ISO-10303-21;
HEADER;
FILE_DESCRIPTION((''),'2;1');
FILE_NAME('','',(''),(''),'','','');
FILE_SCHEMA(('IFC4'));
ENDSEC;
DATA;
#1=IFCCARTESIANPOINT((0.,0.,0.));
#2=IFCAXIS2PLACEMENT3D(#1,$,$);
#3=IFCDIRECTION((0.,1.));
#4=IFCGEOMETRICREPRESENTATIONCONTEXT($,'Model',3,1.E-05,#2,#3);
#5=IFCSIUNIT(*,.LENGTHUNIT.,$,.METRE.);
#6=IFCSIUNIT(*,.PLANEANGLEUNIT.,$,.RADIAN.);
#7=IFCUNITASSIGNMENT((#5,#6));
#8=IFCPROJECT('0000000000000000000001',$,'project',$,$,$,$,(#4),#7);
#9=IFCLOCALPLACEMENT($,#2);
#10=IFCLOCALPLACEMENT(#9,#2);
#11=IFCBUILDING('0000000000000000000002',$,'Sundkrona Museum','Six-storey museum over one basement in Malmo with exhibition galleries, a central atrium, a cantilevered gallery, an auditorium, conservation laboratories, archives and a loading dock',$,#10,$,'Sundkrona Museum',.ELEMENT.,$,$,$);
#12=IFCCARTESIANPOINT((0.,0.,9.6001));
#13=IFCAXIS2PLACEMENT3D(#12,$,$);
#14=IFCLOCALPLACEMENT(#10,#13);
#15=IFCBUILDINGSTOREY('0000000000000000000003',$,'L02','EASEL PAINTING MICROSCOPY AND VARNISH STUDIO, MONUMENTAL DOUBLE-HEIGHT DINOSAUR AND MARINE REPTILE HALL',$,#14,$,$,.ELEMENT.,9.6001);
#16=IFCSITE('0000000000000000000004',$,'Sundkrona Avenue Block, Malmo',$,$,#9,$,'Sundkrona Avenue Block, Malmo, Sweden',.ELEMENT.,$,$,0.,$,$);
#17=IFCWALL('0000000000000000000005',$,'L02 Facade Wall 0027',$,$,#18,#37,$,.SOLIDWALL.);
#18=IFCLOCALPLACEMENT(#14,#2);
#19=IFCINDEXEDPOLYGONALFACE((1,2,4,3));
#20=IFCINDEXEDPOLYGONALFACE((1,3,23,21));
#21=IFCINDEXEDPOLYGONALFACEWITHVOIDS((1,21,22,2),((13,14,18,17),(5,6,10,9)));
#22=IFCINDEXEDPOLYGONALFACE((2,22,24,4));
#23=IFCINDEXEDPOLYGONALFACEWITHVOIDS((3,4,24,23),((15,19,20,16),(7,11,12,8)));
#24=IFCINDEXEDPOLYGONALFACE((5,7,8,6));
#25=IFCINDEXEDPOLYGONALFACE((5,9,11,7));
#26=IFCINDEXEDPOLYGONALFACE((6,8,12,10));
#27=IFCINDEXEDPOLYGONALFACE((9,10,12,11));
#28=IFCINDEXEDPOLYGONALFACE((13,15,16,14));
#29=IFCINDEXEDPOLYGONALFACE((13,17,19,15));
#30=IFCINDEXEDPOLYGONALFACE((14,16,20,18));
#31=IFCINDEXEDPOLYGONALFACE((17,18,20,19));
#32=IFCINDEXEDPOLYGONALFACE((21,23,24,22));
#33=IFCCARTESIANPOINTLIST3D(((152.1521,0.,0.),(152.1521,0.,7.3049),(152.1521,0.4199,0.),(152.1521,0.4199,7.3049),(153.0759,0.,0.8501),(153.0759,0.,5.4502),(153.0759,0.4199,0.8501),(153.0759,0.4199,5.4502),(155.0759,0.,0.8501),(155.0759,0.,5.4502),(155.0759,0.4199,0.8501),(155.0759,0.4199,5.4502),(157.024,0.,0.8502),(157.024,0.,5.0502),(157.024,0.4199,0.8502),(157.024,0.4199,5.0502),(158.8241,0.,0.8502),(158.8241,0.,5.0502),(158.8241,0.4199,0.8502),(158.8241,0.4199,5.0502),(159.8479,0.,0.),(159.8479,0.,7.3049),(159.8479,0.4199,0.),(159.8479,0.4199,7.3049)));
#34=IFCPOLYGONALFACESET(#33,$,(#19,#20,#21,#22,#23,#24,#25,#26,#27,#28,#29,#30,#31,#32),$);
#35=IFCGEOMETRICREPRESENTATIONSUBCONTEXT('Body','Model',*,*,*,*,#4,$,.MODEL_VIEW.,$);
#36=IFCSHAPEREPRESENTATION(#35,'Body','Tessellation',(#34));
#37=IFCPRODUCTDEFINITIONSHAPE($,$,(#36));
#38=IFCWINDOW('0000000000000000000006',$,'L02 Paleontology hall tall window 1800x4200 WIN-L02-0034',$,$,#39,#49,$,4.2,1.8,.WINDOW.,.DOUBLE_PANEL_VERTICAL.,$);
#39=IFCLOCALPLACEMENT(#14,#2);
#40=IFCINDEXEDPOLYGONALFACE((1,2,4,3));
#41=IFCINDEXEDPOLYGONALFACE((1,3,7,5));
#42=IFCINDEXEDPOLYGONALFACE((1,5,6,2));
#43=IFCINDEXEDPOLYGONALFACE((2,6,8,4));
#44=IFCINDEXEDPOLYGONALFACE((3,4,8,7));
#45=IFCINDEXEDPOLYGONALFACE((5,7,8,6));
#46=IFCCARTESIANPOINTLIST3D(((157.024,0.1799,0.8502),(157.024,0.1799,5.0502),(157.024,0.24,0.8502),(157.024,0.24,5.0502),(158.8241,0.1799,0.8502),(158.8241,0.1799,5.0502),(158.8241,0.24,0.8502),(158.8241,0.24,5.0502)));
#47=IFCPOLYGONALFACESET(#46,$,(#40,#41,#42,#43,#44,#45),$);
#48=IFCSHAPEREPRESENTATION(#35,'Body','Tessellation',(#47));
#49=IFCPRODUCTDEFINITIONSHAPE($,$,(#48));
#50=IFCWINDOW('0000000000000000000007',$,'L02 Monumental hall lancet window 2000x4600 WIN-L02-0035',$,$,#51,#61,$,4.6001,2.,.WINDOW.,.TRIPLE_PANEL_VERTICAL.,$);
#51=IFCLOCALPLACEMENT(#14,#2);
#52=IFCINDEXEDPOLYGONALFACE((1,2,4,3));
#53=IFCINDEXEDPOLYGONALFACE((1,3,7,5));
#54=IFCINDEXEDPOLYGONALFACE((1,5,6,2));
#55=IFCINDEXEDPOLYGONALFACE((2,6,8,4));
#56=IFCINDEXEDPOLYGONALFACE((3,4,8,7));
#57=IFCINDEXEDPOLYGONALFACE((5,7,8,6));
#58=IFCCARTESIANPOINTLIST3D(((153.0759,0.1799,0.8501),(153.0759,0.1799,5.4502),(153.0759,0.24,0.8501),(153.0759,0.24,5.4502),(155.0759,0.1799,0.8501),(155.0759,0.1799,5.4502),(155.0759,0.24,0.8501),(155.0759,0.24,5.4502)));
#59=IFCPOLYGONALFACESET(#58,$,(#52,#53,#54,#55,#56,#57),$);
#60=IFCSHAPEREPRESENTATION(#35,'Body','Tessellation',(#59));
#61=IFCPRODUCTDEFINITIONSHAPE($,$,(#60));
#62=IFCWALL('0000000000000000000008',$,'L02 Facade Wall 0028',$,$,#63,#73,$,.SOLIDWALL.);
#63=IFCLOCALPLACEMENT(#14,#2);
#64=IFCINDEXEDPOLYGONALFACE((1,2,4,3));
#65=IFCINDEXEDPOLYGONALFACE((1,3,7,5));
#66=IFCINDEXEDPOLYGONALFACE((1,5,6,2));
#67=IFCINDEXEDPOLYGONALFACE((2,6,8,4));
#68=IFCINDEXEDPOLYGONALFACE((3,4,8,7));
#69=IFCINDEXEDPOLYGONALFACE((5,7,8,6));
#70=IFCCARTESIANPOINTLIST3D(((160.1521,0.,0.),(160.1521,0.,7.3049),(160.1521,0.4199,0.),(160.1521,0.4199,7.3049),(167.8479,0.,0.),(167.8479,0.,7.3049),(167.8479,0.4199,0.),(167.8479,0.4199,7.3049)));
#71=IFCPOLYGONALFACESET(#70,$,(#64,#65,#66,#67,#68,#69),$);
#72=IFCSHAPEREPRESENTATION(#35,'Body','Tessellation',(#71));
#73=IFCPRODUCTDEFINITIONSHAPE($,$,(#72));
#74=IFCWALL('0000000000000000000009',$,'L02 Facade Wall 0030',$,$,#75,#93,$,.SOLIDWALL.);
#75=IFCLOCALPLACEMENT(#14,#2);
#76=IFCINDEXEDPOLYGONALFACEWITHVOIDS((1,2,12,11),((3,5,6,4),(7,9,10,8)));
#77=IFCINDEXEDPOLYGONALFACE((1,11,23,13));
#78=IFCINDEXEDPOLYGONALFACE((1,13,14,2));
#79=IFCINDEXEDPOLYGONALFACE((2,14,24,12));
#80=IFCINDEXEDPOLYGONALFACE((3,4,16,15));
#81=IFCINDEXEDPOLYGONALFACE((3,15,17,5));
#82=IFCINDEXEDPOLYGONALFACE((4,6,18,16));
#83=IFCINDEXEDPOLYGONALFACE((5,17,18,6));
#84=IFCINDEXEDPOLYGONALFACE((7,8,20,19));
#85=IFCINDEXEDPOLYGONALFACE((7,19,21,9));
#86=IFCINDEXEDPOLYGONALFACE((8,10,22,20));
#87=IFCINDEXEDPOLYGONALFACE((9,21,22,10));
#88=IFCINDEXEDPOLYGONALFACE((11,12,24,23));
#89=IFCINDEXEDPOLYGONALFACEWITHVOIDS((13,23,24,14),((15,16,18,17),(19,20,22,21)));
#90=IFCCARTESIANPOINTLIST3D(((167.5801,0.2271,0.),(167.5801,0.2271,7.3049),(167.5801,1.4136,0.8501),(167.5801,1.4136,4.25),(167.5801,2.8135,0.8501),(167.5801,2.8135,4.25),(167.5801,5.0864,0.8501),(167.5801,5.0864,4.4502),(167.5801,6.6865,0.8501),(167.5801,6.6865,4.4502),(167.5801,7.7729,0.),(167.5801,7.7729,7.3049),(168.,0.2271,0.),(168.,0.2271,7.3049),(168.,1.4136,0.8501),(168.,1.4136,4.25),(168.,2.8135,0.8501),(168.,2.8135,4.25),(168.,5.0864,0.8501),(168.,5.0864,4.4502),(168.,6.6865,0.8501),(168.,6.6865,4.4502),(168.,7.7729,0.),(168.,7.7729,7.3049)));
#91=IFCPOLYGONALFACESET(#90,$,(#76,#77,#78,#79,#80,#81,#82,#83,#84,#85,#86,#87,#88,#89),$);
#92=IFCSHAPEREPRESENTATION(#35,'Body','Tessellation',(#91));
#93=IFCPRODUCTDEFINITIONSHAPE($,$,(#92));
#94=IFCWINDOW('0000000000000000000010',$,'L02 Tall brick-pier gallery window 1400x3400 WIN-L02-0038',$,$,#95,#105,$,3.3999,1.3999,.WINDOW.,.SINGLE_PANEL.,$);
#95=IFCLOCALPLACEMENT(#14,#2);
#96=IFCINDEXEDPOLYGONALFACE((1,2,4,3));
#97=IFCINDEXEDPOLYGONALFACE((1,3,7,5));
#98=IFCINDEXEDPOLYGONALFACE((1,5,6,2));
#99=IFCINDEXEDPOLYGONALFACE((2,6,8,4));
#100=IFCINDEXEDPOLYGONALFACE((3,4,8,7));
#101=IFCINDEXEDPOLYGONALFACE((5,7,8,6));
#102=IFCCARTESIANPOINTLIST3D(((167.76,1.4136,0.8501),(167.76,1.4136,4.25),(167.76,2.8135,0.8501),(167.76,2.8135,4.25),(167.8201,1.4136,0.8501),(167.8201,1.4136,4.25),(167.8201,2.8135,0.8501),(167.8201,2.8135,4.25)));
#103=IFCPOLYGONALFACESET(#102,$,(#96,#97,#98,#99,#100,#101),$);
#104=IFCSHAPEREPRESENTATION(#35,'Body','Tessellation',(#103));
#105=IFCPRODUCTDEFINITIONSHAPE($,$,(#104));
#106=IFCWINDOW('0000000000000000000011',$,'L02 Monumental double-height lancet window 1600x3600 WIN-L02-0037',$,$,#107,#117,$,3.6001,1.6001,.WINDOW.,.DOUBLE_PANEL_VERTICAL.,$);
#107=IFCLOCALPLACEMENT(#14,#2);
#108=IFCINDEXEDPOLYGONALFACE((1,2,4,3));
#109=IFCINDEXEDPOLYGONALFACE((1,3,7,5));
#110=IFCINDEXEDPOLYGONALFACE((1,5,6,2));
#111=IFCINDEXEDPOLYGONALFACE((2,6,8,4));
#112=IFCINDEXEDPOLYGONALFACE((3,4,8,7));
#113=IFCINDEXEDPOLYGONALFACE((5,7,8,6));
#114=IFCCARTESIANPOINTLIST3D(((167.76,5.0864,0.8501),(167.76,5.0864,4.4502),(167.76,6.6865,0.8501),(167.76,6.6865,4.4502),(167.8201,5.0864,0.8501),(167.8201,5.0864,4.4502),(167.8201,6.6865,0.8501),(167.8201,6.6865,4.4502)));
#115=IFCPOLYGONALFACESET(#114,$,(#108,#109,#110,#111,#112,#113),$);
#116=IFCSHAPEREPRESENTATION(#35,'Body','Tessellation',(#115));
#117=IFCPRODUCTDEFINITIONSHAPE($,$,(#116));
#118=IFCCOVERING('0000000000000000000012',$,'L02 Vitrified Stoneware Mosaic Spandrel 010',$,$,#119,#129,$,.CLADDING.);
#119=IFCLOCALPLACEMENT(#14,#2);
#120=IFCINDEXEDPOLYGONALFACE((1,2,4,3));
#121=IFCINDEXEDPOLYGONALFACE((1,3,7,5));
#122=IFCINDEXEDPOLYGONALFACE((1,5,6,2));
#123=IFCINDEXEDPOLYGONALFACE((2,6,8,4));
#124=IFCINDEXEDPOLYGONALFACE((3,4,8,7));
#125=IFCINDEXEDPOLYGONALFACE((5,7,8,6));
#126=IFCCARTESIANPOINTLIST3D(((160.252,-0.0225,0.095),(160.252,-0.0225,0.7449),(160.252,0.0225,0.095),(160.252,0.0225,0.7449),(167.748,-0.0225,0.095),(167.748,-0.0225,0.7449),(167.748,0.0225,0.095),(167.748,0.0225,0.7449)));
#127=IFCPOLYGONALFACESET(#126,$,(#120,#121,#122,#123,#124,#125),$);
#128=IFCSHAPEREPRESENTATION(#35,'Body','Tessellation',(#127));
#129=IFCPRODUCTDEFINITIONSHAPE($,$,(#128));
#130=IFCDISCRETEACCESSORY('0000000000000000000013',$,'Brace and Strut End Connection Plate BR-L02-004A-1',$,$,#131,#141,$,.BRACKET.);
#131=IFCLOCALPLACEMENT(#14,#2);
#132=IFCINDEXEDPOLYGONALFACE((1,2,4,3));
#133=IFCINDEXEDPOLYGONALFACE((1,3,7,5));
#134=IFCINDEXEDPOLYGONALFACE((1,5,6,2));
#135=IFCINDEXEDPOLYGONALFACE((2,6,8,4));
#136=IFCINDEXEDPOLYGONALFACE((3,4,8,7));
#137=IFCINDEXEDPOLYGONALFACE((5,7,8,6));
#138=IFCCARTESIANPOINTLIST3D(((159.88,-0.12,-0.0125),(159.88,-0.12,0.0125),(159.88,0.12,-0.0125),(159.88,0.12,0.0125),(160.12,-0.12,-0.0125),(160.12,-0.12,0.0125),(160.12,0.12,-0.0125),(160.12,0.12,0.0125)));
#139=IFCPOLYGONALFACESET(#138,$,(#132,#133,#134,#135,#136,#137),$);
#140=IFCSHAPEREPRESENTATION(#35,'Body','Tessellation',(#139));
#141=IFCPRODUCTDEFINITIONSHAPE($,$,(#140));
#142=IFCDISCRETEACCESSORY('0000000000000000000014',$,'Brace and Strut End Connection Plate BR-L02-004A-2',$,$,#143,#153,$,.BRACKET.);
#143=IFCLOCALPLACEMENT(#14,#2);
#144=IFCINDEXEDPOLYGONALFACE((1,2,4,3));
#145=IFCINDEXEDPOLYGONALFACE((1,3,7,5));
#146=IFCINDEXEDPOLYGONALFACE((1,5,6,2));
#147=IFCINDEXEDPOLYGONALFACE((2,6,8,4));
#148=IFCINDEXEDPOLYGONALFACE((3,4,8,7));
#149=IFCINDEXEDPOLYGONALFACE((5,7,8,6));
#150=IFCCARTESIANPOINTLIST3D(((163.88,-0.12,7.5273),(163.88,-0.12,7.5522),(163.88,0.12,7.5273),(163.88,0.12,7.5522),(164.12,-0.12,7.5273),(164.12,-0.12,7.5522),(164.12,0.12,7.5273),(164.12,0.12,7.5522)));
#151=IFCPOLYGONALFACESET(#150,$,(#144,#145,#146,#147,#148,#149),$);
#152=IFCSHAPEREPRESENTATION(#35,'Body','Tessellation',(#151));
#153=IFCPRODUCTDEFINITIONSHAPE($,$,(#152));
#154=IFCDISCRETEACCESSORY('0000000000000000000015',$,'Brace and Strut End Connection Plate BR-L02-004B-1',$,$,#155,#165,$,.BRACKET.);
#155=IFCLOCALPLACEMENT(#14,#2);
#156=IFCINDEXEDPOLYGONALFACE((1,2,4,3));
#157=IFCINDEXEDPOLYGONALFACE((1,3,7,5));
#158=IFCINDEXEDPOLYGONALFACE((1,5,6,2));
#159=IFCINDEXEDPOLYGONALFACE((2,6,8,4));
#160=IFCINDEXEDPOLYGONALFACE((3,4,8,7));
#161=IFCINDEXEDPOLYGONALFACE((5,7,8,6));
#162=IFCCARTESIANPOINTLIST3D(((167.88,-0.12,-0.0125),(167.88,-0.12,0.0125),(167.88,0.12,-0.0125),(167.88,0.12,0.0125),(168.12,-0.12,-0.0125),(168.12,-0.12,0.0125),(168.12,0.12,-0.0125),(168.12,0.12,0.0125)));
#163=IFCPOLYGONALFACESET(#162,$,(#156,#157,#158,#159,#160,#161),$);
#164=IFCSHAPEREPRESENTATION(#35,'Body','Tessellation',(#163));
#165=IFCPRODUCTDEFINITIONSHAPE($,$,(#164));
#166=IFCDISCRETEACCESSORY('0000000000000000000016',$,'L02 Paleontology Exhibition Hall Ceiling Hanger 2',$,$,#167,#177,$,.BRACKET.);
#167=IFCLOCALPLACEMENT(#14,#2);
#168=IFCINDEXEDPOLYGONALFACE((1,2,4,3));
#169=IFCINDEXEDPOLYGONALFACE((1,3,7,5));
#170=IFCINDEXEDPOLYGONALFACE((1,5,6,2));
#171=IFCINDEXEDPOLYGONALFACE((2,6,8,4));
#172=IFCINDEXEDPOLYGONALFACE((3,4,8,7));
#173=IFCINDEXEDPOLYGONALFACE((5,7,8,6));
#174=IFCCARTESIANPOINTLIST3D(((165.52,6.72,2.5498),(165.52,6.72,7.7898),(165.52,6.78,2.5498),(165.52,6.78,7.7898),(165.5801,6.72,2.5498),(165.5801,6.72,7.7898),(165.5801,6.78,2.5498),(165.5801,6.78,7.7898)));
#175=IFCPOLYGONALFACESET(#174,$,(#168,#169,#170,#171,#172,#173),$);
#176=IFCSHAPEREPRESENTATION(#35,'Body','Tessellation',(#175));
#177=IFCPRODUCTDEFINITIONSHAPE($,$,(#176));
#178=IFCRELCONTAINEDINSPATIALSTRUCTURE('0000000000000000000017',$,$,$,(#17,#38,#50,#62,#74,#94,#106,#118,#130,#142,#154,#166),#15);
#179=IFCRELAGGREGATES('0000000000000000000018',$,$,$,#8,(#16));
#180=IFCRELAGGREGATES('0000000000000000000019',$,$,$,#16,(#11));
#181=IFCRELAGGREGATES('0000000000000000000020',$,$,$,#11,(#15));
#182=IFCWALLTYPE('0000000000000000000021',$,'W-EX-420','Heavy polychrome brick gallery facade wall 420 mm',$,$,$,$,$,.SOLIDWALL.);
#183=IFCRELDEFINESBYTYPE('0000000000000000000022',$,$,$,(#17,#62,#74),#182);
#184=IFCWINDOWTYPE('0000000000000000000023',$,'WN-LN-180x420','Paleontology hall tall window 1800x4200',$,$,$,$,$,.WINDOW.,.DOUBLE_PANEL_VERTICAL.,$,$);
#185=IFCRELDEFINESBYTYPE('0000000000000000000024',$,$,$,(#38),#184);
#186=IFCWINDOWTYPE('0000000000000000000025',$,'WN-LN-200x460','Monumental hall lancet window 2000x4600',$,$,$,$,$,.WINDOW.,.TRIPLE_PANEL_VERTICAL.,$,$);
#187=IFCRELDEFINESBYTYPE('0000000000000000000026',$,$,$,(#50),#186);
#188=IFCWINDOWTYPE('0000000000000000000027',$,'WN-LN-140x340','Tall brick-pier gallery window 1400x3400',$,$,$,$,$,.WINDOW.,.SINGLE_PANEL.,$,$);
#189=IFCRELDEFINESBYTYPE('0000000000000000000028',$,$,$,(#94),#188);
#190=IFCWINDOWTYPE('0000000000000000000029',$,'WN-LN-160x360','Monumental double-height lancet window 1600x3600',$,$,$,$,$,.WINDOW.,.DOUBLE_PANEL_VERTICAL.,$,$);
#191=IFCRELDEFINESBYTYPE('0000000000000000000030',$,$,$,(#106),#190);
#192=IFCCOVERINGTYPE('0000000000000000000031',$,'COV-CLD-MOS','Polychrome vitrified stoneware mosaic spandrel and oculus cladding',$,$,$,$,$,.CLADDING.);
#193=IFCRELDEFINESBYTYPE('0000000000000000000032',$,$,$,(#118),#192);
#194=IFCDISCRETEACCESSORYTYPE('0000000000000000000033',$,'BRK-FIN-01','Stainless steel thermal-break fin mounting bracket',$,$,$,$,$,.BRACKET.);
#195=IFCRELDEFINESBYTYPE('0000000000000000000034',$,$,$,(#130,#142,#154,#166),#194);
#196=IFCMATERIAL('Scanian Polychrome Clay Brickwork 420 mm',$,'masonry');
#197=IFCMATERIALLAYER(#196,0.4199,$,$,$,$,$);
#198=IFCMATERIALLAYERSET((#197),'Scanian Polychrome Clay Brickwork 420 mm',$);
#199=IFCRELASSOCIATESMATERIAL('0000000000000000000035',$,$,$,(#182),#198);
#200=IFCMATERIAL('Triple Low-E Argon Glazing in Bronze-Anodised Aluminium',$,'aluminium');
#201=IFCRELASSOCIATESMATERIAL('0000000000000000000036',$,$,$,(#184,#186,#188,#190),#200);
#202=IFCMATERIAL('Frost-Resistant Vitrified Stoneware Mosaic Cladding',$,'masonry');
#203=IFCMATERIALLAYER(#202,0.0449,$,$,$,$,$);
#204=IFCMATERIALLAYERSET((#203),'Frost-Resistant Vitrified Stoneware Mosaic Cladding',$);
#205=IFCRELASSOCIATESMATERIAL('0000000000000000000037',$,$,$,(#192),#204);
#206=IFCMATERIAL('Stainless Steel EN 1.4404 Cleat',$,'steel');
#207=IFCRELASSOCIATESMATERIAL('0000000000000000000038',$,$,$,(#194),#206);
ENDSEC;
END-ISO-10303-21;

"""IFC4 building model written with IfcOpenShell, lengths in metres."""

from ifc_helpers import new_model, si_unit, direction, frame, frame_2d, origin, origin_2d, place, context, subcontext, project, spatial, rectangle, extrude, material, layer, layer_set, type_object, element, fill, save


model = new_model("IFC4")

# Units and contexts
model_context = context("Model", 3, precision=1e-05, world=origin(), true_north=direction((0.0, 1.0)))
body_context = subcontext(model_context, "Body", "Model", "MODEL_VIEW")
ifc_project = project(units=[si_unit("LENGTHUNIT", "METRE"), si_unit("PLANEANGLEUNIT", "RADIAN")], contexts=[model_context])

# Site, building, storey
site_placement = place(None, origin())
site = spatial("IfcSite", under=ifc_project, at=site_placement, Name="Sundkrona Avenue Block, Malmo", LongName="Sundkrona Avenue Block, Malmo, Sweden", CompositionType="ELEMENT", RefElevation=0.0)
building_placement = place(site_placement, origin())
building = spatial("IfcBuilding", under=site, at=building_placement, Name="Sundkrona Museum", Description="Six-storey museum over one basement in Malmo with exhibition galleries, a central atrium, a cantilevered gallery, an auditorium, conservation laboratories, archives and a loading dock", LongName="Sundkrona Museum", CompositionType="ELEMENT")
storey_placement = place(building_placement, frame((0.0, 0.0, 9.6001)))
storey = spatial("IfcBuildingStorey", under=building, at=storey_placement, Name="L02", Description="EASEL PAINTING MICROSCOPY AND VARNISH STUDIO, MONUMENTAL DOUBLE-HEIGHT DINOSAUR AND MARINE REPTILE HALL", CompositionType="ELEMENT", Elevation=9.6001)

# Wall, openings, windows
ifc_material_1 = material(Name="Scanian Polychrome Clay Brickwork 420 mm", Category="masonry")
ifc_layer_1 = layer(ifc_material_1, 0.4199)
ifc_layer_set_1 = layer_set([ifc_layer_1], Name="Scanian Polychrome Clay Brickwork 420 mm")
wall_type = type_object("IfcWallType", Name="W-EX-420", Description="Heavy polychrome brick gallery facade wall 420 mm", PredefinedType="SOLIDWALL", material=ifc_layer_set_1)
wall_1_placement = place(storey_placement, frame((159.8479, 0.21, 0.0), z_axis=(0.0, 0.0, 1.0), x_axis=(-1.0, 0.0, 0.0)))
wall_1 = element("IfcWall", 1, at=wall_1_placement, inside=storey, type_object=wall_type, Name="L02 Facade Wall 0027", PredefinedType="SOLIDWALL", context=body_context, shape_type="SweptSolid", body=[
    extrude(rectangle(XDim=7.6958, YDim=0.4199, at=frame_2d((3.8479, 0.0))), origin(), (0.0, 0.0, 1.0), 7.3049),
])
opening_1_placement = place(wall_1_placement, frame((1.0239, 0.0, 0.8501)))
opening_1 = element("IfcOpeningElement", 2, at=opening_1_placement, cuts=wall_1, PredefinedType="OPENING", context=body_context, shape_type="SweptSolid", body=[
    extrude(rectangle(XDim=1.8, YDim=4.2, at=frame_2d((0.8999, 2.1001))), frame((0.0, 0.22, 0.0), z_axis=(0.0, -1.0, 0.0), x_axis=(1.0, 0.0, 0.0)), (0.0, 0.0, 1.0), 0.4399),
])
opening_2_placement = place(wall_1_placement, frame((4.772, 0.0, 0.8501)))
opening_2 = element("IfcOpeningElement", 3, at=opening_2_placement, cuts=wall_1, PredefinedType="OPENING", context=body_context, shape_type="SweptSolid", body=[
    extrude(rectangle(XDim=2.0, YDim=4.6001, at=frame_2d((1.0, 2.3))), frame((0.0, 0.22, 0.0), z_axis=(0.0, -1.0, 0.0), x_axis=(1.0, 0.0, 0.0)), (0.0, 0.0, 1.0), 0.4399),
])
ifc_material_2 = material(Name="Triple Low-E Argon Glazing in Bronze-Anodised Aluminium", Category="aluminium")
window_type_1 = type_object("IfcWindowType", Name="WN-LN-180x420", Description="Paleontology hall tall window 1800x4200", PartitioningType="DOUBLE_PANEL_VERTICAL", PredefinedType="WINDOW", material=ifc_material_2)
window_1_placement = place(opening_1_placement, origin())
window_1 = element("IfcWindow", 4, at=window_1_placement, inside=storey, type_object=window_type_1, Name="L02 Paleontology hall tall window 1800x4200 WIN-L02-0034", OverallHeight=4.2, OverallWidth=1.8, PartitioningType="DOUBLE_PANEL_VERTICAL", PredefinedType="WINDOW", context=body_context, shape_type="SweptSolid", body=[
    extrude(rectangle(XDim=1.8, YDim=4.2, at=frame_2d((0.8999, 2.1001))), frame((0.0, 0.03, 0.0), z_axis=(0.0, -1.0, 0.0), x_axis=(1.0, 0.0, 0.0)), (0.0, 0.0, 1.0), 0.0601),
])
fill(opening_1, window_1)
window_type_2 = type_object("IfcWindowType", Name="WN-LN-200x460", Description="Monumental hall lancet window 2000x4600", PartitioningType="TRIPLE_PANEL_VERTICAL", PredefinedType="WINDOW", material=ifc_material_2)
window_2_placement = place(opening_2_placement, origin())
window_2 = element("IfcWindow", 5, at=window_2_placement, inside=storey, type_object=window_type_2, Name="L02 Monumental hall lancet window 2000x4600 WIN-L02-0035", OverallHeight=4.6001, OverallWidth=2.0, PartitioningType="TRIPLE_PANEL_VERTICAL", PredefinedType="WINDOW", context=body_context, shape_type="SweptSolid", body=[
    extrude(rectangle(XDim=2.0, YDim=4.6001, at=frame_2d((1.0, 2.3))), frame((0.0, 0.03, 0.0), z_axis=(0.0, -1.0, 0.0), x_axis=(1.0, 0.0, 0.0)), (0.0, 0.0, 1.0), 0.0601),
])
fill(opening_2, window_2)

# Wall
wall_2_placement = place(storey_placement, frame((167.8479, 0.21, 0.0), z_axis=(0.0, 0.0, 1.0), x_axis=(-1.0, 0.0, 0.0)))
element("IfcWall", 6, at=wall_2_placement, inside=storey, type_object=wall_type, Name="L02 Facade Wall 0028", PredefinedType="SOLIDWALL", context=body_context, shape_type="SweptSolid", body=[
    extrude(rectangle(XDim=7.6958, YDim=0.4199, at=frame_2d((3.8479, 0.0))), origin(), (0.0, 0.0, 1.0), 7.3049),
])

# Wall, openings, windows
wall_3_placement = place(storey_placement, frame((167.79, 7.7729, 0.0), z_axis=(0.0, 0.0, 1.0), x_axis=(0.0, -1.0, 0.0)))
wall_3 = element("IfcWall", 7, at=wall_3_placement, inside=storey, type_object=wall_type, Name="L02 Facade Wall 0030", PredefinedType="SOLIDWALL", context=body_context, shape_type="SweptSolid", body=[
    extrude(rectangle(XDim=7.5459, YDim=0.4199, at=frame_2d((3.7729, 0.0))), origin(), (0.0, 0.0, 1.0), 7.3049),
])
opening_3_placement = place(wall_3_placement, frame((1.0864, 0.0, 0.8501)))
opening_3 = element("IfcOpeningElement", 8, at=opening_3_placement, cuts=wall_3, PredefinedType="OPENING", context=body_context, shape_type="SweptSolid", body=[
    extrude(rectangle(XDim=1.6001, YDim=3.6001, at=frame_2d((0.8, 1.8))), frame((0.0, 0.22, 0.0), z_axis=(0.0, -1.0, 0.0), x_axis=(1.0, 0.0, 0.0)), (0.0, 0.0, 1.0), 0.4399),
])
opening_4_placement = place(wall_3_placement, frame((4.9595, 0.0, 0.8501)))
opening_4 = element("IfcOpeningElement", 9, at=opening_4_placement, cuts=wall_3, PredefinedType="OPENING", context=body_context, shape_type="SweptSolid", body=[
    extrude(rectangle(XDim=1.3999, YDim=3.3999, at=frame_2d((0.7, 1.7))), frame((0.0, 0.22, 0.0), z_axis=(0.0, -1.0, 0.0), x_axis=(1.0, 0.0, 0.0)), (0.0, 0.0, 1.0), 0.4399),
])
window_type_3 = type_object("IfcWindowType", Name="WN-LN-140x340", Description="Tall brick-pier gallery window 1400x3400", PartitioningType="SINGLE_PANEL", PredefinedType="WINDOW", material=ifc_material_2)
window_3_placement = place(opening_4_placement, origin())
window_3 = element("IfcWindow", 10, at=window_3_placement, inside=storey, type_object=window_type_3, Name="L02 Tall brick-pier gallery window 1400x3400 WIN-L02-0038", OverallHeight=3.3999, OverallWidth=1.3999, PartitioningType="SINGLE_PANEL", PredefinedType="WINDOW", context=body_context, shape_type="SweptSolid", body=[
    extrude(rectangle(XDim=1.3999, YDim=3.3999, at=frame_2d((0.7, 1.7))), frame((0.0, 0.03, 0.0), z_axis=(0.0, -1.0, 0.0), x_axis=(1.0, 0.0, 0.0)), (0.0, 0.0, 1.0), 0.0601),
])
fill(opening_4, window_3)
window_type_4 = type_object("IfcWindowType", Name="WN-LN-160x360", Description="Monumental double-height lancet window 1600x3600", PartitioningType="DOUBLE_PANEL_VERTICAL", PredefinedType="WINDOW", material=ifc_material_2)
window_4_placement = place(opening_3_placement, origin())
window_4 = element("IfcWindow", 11, at=window_4_placement, inside=storey, type_object=window_type_4, Name="L02 Monumental double-height lancet window 1600x3600 WIN-L02-0037", OverallHeight=3.6001, OverallWidth=1.6001, PartitioningType="DOUBLE_PANEL_VERTICAL", PredefinedType="WINDOW", context=body_context, shape_type="SweptSolid", body=[
    extrude(rectangle(XDim=1.6001, YDim=3.6001, at=frame_2d((0.8, 1.8))), frame((0.0, 0.03, 0.0), z_axis=(0.0, -1.0, 0.0), x_axis=(1.0, 0.0, 0.0)), (0.0, 0.0, 1.0), 0.0601),
])
fill(opening_3, window_4)

# Covering
ifc_material_3 = material(Name="Frost-Resistant Vitrified Stoneware Mosaic Cladding", Category="masonry")
ifc_layer_2 = layer(ifc_material_3, 0.0449)
ifc_layer_set_2 = layer_set([ifc_layer_2], Name="Frost-Resistant Vitrified Stoneware Mosaic Cladding")
covering_type = type_object("IfcCoveringType", Name="COV-CLD-MOS", Description="Polychrome vitrified stoneware mosaic spandrel and oculus cladding", PredefinedType="CLADDING", material=ifc_layer_set_2)
covering_placement = place(storey_placement, frame((164.0, 0.0, 0.095), z_axis=(0.0, 0.0, 1.0), x_axis=(1.0, 0.0, 0.0)))
element("IfcCovering", 12, at=covering_placement, inside=storey, type_object=covering_type, Name="L02 Vitrified Stoneware Mosaic Spandrel 010", PredefinedType="CLADDING", context=body_context, shape_type="SweptSolid", body=[
    extrude(rectangle(XDim=7.4961, YDim=0.0449, at=origin_2d()), origin(), (0.0, 0.0, 1.0), 0.6499),
])

# Discrete accessories
ifc_material_4 = material(Name="Stainless Steel EN 1.4404 Cleat", Category="steel")
discrete_accessory_type = type_object("IfcDiscreteAccessoryType", Name="BRK-FIN-01", Description="Stainless steel thermal-break fin mounting bracket", PredefinedType="BRACKET", material=ifc_material_4)
for number, where, z_axis, x_axis, name in (
    (13, (160.0, 0.0, -0.0125), (0.0, 0.0, 1.0), (1.0, 0.0, 0.0), "Brace and Strut End Connection Plate BR-L02-004A-1"),
    (14, (164.0, 0.0, 7.5273), (0.0, 0.0, 1.0), (1.0, 0.0, 0.0), "Brace and Strut End Connection Plate BR-L02-004A-2"),
    (15, (168.0, 0.0, -0.0125), (0.0, 0.0, 1.0), (1.0, 0.0, 0.0), "Brace and Strut End Connection Plate BR-L02-004B-1"),
):
    element("IfcDiscreteAccessory", number, at=place(storey_placement, frame(where, z_axis=z_axis, x_axis=x_axis)), inside=storey, type_object=discrete_accessory_type, Name=name, PredefinedType="BRACKET", context=body_context, shape_type="SweptSolid", body=[
        extrude(rectangle(XDim=0.24, YDim=0.24, at=origin_2d()), origin(), (0.0, 0.0, 1.0), 0.0249),
    ])
discrete_accessory_placement = place(storey_placement, frame((165.55, 6.75, 2.5498), z_axis=(0.0, 0.0, 1.0), x_axis=(1.0, 0.0, 0.0)))
element("IfcDiscreteAccessory", 16, at=discrete_accessory_placement, inside=storey, type_object=discrete_accessory_type, Name="L02 Paleontology Exhibition Hall Ceiling Hanger 2", PredefinedType="BRACKET", context=body_context, shape_type="SweptSolid", body=[
    extrude(rectangle(XDim=0.0601, YDim=0.0601, at=origin_2d()), origin(), (0.0, 0.0, 1.0), 5.24),
])

save(model, "model.ifc")
